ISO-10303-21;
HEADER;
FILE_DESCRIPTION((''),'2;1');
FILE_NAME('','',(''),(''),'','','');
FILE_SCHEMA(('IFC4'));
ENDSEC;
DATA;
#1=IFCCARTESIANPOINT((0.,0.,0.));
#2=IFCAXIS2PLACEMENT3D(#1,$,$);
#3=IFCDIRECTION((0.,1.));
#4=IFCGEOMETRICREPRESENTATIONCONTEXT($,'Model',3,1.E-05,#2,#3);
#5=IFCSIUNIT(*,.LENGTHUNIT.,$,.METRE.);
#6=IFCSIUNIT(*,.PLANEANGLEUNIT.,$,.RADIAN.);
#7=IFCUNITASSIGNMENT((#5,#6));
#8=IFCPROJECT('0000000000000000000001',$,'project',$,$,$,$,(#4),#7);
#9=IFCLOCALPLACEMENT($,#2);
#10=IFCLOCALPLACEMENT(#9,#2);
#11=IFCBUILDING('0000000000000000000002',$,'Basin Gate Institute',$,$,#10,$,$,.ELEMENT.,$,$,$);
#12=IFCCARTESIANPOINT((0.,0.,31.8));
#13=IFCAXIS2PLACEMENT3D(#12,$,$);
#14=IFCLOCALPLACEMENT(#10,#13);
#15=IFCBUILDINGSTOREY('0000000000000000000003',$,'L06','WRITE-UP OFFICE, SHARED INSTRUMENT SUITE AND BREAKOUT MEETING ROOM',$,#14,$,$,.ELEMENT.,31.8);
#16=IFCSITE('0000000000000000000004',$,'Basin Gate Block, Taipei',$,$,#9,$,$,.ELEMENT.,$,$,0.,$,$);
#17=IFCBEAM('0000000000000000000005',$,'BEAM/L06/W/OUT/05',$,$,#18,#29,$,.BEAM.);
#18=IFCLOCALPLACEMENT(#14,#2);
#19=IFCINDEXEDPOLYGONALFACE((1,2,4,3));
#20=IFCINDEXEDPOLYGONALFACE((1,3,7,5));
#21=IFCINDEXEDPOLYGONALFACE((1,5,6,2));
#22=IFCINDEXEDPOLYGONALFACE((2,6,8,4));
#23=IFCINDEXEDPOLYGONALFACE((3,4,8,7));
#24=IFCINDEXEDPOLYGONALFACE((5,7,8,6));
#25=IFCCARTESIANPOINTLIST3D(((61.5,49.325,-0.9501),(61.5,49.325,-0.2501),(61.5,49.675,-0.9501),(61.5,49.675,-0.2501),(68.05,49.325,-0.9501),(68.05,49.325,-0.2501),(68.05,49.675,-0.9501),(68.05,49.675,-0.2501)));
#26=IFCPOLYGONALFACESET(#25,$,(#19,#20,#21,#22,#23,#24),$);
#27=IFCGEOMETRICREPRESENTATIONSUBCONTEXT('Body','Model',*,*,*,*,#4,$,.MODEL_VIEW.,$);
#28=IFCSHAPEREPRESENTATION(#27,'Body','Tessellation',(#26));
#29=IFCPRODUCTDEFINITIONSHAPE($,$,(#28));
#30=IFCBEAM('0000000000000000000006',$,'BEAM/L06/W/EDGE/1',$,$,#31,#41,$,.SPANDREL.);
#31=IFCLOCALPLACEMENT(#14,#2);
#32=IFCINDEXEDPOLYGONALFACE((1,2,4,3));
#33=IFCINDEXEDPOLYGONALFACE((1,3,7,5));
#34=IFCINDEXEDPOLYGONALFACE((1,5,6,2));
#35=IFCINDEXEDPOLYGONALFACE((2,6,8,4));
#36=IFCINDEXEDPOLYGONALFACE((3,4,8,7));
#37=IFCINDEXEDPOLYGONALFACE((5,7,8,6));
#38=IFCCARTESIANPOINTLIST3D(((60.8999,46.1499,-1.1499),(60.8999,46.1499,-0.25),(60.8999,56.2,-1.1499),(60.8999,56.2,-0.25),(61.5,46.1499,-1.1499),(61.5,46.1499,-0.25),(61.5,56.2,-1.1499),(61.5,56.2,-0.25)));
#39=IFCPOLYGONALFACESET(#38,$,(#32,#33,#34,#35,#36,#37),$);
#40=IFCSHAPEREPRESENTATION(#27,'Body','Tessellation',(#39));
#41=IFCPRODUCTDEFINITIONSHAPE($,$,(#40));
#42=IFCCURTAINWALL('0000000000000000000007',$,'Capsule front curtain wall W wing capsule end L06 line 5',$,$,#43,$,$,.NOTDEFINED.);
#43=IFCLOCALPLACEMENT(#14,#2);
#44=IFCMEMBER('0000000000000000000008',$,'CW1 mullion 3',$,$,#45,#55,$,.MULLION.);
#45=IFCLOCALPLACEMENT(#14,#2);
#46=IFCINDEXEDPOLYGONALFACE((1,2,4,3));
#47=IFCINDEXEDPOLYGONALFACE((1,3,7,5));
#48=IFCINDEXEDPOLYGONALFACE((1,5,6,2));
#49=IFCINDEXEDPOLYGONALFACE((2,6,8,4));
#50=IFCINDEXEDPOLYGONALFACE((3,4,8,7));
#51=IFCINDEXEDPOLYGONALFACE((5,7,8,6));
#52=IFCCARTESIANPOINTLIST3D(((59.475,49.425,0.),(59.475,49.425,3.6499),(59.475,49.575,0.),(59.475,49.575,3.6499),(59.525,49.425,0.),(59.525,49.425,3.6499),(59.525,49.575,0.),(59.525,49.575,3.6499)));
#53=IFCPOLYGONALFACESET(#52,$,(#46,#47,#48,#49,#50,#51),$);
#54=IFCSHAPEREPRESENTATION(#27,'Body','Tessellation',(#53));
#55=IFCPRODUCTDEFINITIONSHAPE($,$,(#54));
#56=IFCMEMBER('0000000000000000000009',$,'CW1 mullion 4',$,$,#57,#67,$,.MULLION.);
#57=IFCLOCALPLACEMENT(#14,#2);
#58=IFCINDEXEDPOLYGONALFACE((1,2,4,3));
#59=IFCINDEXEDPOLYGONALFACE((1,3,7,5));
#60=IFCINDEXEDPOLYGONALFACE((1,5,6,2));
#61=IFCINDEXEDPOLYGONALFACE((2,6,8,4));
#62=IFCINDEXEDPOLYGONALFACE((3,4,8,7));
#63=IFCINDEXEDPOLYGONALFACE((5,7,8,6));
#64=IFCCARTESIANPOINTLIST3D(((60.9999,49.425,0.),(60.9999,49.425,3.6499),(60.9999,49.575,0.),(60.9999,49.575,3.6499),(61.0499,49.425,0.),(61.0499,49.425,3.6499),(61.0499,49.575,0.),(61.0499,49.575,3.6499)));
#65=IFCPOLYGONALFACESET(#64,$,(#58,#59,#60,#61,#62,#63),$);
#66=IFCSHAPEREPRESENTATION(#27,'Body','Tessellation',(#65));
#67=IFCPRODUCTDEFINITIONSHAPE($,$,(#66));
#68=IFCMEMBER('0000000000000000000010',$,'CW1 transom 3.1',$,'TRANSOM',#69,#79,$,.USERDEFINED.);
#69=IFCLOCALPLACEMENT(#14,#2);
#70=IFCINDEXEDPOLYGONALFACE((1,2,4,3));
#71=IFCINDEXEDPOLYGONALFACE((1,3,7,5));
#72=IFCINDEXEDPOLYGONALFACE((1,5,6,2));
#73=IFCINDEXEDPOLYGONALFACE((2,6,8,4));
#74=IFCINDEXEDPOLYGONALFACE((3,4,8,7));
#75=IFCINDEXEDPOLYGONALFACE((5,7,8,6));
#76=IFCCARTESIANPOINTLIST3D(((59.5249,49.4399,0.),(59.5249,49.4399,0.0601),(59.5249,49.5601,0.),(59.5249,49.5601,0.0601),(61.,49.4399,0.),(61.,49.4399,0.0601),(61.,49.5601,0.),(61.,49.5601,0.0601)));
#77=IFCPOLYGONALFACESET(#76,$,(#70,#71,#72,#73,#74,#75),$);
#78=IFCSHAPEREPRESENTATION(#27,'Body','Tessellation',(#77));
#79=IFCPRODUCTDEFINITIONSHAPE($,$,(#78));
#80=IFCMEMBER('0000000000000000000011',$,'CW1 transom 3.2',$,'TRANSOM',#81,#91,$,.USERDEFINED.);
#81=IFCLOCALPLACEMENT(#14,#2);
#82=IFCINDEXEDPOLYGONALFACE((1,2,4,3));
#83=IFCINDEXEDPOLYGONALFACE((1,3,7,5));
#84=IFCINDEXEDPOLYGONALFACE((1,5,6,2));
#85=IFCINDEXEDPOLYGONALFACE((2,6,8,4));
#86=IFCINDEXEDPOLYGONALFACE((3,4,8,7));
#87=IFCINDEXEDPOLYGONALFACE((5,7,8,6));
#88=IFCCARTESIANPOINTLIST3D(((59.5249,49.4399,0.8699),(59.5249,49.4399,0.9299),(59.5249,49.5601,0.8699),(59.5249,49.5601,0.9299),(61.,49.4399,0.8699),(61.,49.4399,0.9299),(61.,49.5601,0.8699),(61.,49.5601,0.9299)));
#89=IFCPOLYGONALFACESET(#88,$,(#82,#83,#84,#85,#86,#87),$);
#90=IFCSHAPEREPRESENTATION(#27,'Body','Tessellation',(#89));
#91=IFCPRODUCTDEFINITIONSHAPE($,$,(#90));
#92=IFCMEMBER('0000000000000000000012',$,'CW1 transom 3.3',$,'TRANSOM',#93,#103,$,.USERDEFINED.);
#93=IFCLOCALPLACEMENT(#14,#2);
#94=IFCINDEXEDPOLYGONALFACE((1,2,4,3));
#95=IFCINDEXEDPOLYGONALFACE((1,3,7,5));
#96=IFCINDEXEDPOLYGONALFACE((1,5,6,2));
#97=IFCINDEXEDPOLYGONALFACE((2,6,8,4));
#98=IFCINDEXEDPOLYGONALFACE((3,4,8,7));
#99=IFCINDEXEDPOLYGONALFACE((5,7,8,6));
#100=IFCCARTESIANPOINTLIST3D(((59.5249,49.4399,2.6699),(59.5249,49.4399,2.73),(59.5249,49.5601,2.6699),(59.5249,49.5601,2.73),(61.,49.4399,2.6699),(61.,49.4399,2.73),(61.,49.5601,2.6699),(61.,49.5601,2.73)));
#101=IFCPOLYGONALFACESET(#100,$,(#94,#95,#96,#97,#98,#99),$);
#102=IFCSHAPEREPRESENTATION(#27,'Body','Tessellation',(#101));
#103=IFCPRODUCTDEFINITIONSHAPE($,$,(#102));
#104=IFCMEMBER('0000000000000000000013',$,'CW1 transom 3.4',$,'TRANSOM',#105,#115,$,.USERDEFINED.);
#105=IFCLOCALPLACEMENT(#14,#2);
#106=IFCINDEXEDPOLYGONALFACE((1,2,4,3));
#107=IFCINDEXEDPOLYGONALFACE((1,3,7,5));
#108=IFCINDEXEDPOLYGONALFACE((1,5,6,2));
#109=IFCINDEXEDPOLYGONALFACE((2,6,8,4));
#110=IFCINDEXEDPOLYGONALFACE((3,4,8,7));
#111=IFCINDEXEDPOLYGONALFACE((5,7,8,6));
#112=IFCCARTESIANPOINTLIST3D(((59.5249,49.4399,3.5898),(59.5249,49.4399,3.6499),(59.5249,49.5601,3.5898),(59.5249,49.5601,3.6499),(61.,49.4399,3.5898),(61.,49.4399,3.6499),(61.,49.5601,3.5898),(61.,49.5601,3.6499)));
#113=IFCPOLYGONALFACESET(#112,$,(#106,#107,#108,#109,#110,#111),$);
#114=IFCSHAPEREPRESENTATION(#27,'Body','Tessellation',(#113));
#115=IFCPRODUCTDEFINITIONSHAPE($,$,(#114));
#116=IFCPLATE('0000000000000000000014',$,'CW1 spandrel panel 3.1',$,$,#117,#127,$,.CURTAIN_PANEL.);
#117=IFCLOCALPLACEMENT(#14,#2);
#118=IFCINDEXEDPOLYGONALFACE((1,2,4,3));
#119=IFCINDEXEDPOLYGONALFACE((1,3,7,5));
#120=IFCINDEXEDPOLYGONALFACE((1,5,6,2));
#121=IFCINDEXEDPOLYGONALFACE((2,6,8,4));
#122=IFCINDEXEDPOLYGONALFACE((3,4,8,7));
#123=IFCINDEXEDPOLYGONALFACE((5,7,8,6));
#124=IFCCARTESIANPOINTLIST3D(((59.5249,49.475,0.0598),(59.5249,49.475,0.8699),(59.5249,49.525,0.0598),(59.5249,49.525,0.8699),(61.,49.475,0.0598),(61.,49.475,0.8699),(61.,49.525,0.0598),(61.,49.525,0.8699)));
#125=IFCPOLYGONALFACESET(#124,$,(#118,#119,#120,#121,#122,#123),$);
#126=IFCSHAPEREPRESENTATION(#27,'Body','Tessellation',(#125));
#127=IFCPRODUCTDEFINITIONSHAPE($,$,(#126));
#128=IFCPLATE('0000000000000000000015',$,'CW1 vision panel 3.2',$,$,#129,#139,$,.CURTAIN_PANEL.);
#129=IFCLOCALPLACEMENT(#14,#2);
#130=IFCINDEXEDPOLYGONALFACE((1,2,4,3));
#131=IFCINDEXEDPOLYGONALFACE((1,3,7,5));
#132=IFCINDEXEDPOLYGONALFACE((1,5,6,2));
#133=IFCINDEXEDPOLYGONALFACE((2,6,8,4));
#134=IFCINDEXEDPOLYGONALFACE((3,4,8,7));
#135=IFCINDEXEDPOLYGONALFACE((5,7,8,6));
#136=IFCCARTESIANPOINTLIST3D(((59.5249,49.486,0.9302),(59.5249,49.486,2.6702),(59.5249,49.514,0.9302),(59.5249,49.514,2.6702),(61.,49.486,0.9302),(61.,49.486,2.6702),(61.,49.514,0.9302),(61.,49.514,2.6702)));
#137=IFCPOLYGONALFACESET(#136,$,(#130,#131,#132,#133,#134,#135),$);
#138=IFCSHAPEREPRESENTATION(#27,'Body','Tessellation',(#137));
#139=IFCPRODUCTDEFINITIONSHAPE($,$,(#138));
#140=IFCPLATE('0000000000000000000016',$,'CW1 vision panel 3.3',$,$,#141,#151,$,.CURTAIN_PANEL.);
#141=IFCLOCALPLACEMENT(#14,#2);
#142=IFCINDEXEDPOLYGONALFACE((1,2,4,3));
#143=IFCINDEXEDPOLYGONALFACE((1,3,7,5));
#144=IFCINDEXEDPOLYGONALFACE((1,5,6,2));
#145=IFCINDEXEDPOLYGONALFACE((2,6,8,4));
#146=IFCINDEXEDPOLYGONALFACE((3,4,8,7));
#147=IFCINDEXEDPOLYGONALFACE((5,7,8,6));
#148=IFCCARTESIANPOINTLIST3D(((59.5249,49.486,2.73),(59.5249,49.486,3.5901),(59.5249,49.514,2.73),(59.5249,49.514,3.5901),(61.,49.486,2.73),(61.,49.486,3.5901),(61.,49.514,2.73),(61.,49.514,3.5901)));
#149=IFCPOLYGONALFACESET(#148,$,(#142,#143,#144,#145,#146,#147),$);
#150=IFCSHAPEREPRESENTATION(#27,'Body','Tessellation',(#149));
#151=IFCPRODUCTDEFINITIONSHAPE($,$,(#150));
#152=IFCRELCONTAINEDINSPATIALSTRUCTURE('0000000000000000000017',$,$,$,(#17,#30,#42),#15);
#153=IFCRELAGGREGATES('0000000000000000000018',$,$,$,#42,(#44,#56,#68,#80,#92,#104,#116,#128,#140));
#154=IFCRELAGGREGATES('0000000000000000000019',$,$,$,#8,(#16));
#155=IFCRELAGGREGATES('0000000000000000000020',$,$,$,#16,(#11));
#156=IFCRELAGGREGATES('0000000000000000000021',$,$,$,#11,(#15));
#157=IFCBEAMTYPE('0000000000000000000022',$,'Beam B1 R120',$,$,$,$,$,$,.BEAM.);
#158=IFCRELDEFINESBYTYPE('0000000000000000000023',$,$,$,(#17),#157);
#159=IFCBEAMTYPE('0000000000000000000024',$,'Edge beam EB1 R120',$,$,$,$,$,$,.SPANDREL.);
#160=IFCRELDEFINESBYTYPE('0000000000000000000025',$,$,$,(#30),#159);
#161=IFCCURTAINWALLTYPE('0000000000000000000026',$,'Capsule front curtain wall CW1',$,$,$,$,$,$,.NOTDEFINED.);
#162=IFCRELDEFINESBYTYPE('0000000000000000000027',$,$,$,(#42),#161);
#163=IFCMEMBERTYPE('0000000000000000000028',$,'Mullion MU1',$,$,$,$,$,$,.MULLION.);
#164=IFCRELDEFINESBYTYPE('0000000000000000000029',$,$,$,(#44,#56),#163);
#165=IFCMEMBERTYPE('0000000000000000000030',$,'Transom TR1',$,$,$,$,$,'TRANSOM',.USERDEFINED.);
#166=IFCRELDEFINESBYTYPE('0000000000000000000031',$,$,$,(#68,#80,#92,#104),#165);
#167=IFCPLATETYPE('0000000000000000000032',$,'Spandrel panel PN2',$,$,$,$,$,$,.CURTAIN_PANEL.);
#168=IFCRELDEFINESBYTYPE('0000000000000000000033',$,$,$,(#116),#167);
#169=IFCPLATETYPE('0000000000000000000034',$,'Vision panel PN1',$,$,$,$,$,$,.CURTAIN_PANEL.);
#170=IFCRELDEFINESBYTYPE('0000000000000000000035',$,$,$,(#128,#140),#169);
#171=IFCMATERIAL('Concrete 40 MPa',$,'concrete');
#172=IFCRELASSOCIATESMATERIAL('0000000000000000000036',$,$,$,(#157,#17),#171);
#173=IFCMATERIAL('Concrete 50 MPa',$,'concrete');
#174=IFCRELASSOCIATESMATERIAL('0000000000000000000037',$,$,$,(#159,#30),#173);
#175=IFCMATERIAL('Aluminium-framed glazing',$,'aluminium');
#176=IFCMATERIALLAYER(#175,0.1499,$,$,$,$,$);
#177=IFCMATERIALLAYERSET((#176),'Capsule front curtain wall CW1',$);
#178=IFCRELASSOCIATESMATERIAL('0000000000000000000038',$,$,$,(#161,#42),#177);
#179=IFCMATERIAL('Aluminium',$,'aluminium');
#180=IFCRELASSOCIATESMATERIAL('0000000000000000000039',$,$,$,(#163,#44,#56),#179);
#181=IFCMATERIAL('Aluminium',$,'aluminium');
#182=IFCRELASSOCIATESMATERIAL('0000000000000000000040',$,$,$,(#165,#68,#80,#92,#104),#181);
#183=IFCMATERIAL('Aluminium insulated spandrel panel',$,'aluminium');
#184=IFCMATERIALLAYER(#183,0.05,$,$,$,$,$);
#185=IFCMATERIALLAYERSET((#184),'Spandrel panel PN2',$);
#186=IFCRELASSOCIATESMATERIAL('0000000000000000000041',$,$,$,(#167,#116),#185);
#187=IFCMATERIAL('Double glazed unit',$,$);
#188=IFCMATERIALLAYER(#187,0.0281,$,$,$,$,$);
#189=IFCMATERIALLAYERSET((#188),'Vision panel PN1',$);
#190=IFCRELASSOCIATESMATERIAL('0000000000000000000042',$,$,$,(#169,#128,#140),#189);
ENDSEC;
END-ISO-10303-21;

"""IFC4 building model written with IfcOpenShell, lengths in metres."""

from ifc_helpers import new_model, si_unit, direction, frame, origin, origin_2d, place, context, subcontext, project, spatial, rectangle, extrude, material, layer, layer_set, material_profile, profile_set, type_object, element, aggregate, save


model = new_model("IFC4")

# Units and contexts
model_context = context("Model", 3, precision=1e-05, world=origin(), true_north=direction((0.0, 1.0)))
body_context = subcontext(model_context, "Body", "Model", "MODEL_VIEW")
ifc_project = project(units=[si_unit("LENGTHUNIT", "METRE"), si_unit("PLANEANGLEUNIT", "RADIAN")], contexts=[model_context])

# Site, building, storey
site_placement = place(None, origin())
site = spatial("IfcSite", under=ifc_project, at=site_placement, Name="Basin Gate Block, Taipei", CompositionType="ELEMENT", RefElevation=0.0)
building_placement = place(site_placement, origin())
building = spatial("IfcBuilding", under=site, at=building_placement, Name="Basin Gate Institute", CompositionType="ELEMENT")
storey_placement = place(building_placement, frame((0.0, 0.0, 31.8)))
storey = spatial("IfcBuildingStorey", under=building, at=storey_placement, Name="L06", Description="WRITE-UP OFFICE, SHARED INSTRUMENT SUITE AND BREAKOUT MEETING ROOM", CompositionType="ELEMENT", Elevation=31.8)

# Beams
ifc_material_1 = material(Name="Concrete 40 MPa", Category="concrete")
ifc_material_profile_1 = material_profile(ifc_material_1, rectangle(XDim=0.3501, YDim=0.7, at=origin_2d()), Name="Beam B1 350 x 700")
ifc_profile_set_1 = profile_set([ifc_material_profile_1], Name="Concrete 40 MPa")
beam_type_1 = type_object("IfcBeamType", Name="Beam B1 R120", PredefinedType="BEAM", material=ifc_profile_set_1)
beam_1_placement = place(storey_placement, frame((61.5, 49.5, -0.6001), z_axis=(1.0, 0.0, 0.0), x_axis=(0.0, 1.0, 0.0)))
element("IfcBeam", 1, at=beam_1_placement, inside=storey, type_object=beam_type_1, material=ifc_profile_set_1, Name="BEAM/L06/W/OUT/05", PredefinedType="BEAM", context=body_context, shape_type="SweptSolid", body=[
    extrude(rectangle(XDim=0.3501, YDim=0.7, at=origin_2d()), origin(), (0.0, 0.0, 1.0), 6.55),
])
ifc_material_2 = material(Name="Concrete 50 MPa", Category="concrete")
ifc_material_profile_2 = material_profile(ifc_material_2, rectangle(XDim=0.6001, YDim=0.8999, at=origin_2d()), Name="Edge beam EB1 600 x 900")
ifc_profile_set_2 = profile_set([ifc_material_profile_2], Name="Concrete 50 MPa")
beam_type_2 = type_object("IfcBeamType", Name="Edge beam EB1 R120", PredefinedType="SPANDREL", material=ifc_profile_set_2)
beam_2_placement = place(storey_placement, frame((61.2, 46.1499, -0.7), z_axis=(0.0, 1.0, 0.0), x_axis=(-1.0, 0.0, 0.0)))
element("IfcBeam", 2, at=beam_2_placement, inside=storey, type_object=beam_type_2, material=ifc_profile_set_2, Name="BEAM/L06/W/EDGE/1", PredefinedType="SPANDREL", context=body_context, shape_type="SweptSolid", body=[
    extrude(rectangle(XDim=0.6001, YDim=0.8999, at=origin_2d()), origin(), (0.0, 0.0, 1.0), 10.05),
])

# Curtain wall, members, plates
ifc_material_3 = material(Name="Aluminium-framed glazing", Category="aluminium")
ifc_layer_1 = layer(ifc_material_3, 0.1499)
ifc_layer_set_1 = layer_set([ifc_layer_1], Name="Capsule front curtain wall CW1")
curtain_wall_type = type_object("IfcCurtainWallType", Name="Capsule front curtain wall CW1", PredefinedType="NOTDEFINED", material=ifc_layer_set_1)
curtain_wall_placement = place(storey_placement, origin())
curtain_wall = element("IfcCurtainWall", 3, at=curtain_wall_placement, inside=storey, type_object=curtain_wall_type, material=ifc_layer_set_1, Name="Capsule front curtain wall W wing capsule end L06 line 5", PredefinedType="NOTDEFINED")
ifc_material_4 = material(Name="Aluminium", Category="aluminium")
ifc_material_profile_3 = material_profile(ifc_material_4, rectangle(XDim=0.1499, YDim=0.05, at=origin_2d()), Name="Mullion MU1 150 x 50")
ifc_profile_set_3 = profile_set([ifc_material_profile_3], Name="Aluminium")
member_type_1 = type_object("IfcMemberType", Name="Mullion MU1", PredefinedType="MULLION", material=ifc_profile_set_3)
member_1_placement = place(storey_placement, frame((59.5, 49.5, 0.0), z_axis=(0.0, 0.0, 1.0), x_axis=(0.0, 1.0, 0.0)))
member_1 = element("IfcMember", 4, at=member_1_placement, type_object=member_type_1, material=ifc_profile_set_3, Name="CW1 mullion 3", PredefinedType="MULLION", context=body_context, shape_type="SweptSolid", body=[
    extrude(rectangle(XDim=0.1499, YDim=0.05, at=origin_2d()), origin(), (0.0, 0.0, 1.0), 3.6499),
])
member_2_placement = place(storey_placement, frame((61.0249, 49.5, 0.0), z_axis=(0.0, 0.0, 1.0), x_axis=(0.0, 1.0, 0.0)))
member_2 = element("IfcMember", 5, at=member_2_placement, type_object=member_type_1, material=ifc_profile_set_3, Name="CW1 mullion 4", PredefinedType="MULLION", context=body_context, shape_type="SweptSolid", body=[
    extrude(rectangle(XDim=0.1499, YDim=0.05, at=origin_2d()), origin(), (0.0, 0.0, 1.0), 3.6499),
])
ifc_material_5 = material(Name="Aluminium", Category="aluminium")
ifc_material_profile_4 = material_profile(ifc_material_5, rectangle(XDim=0.1201, YDim=0.0601, at=origin_2d()), Name="Transom TR1 120 x 60")
ifc_profile_set_4 = profile_set([ifc_material_profile_4], Name="Aluminium")
member_type_2 = type_object("IfcMemberType", Name="Transom TR1", ElementType="TRANSOM", PredefinedType="USERDEFINED", material=ifc_profile_set_4)
member_3_placement = place(storey_placement, frame((59.5249, 49.5, 0.03), z_axis=(1.0, 0.0, 0.0), x_axis=(0.0, 1.0, 0.0)))
member_3 = element("IfcMember", 6, at=member_3_placement, type_object=member_type_2, material=ifc_profile_set_4, Name="CW1 transom 3.1", ObjectType="TRANSOM", PredefinedType="USERDEFINED", context=body_context, shape_type="SweptSolid", body=[
    extrude(rectangle(XDim=0.1201, YDim=0.0601, at=origin_2d()), origin(), (0.0, 0.0, 1.0), 1.4751),
])
member_4_placement = place(storey_placement, frame((59.5249, 49.5, 0.8999), z_axis=(1.0, 0.0, 0.0), x_axis=(0.0, 1.0, 0.0)))
member_4 = element("IfcMember", 7, at=member_4_placement, type_object=member_type_2, material=ifc_profile_set_4, Name="CW1 transom 3.2", ObjectType="TRANSOM", PredefinedType="USERDEFINED", context=body_context, shape_type="SweptSolid", body=[
    extrude(rectangle(XDim=0.1201, YDim=0.0601, at=origin_2d()), origin(), (0.0, 0.0, 1.0), 1.4751),
])
member_5_placement = place(storey_placement, frame((59.5249, 49.5, 2.7), z_axis=(1.0, 0.0, 0.0), x_axis=(0.0, 1.0, 0.0)))
member_5 = element("IfcMember", 8, at=member_5_placement, type_object=member_type_2, material=ifc_profile_set_4, Name="CW1 transom 3.3", ObjectType="TRANSOM", PredefinedType="USERDEFINED", context=body_context, shape_type="SweptSolid", body=[
    extrude(rectangle(XDim=0.1201, YDim=0.0601, at=origin_2d()), origin(), (0.0, 0.0, 1.0), 1.4751),
])
member_6_placement = place(storey_placement, frame((59.5249, 49.5, 3.6199), z_axis=(1.0, 0.0, 0.0), x_axis=(0.0, 1.0, 0.0)))
member_6 = element("IfcMember", 9, at=member_6_placement, type_object=member_type_2, material=ifc_profile_set_4, Name="CW1 transom 3.4", ObjectType="TRANSOM", PredefinedType="USERDEFINED", context=body_context, shape_type="SweptSolid", body=[
    extrude(rectangle(XDim=0.1201, YDim=0.0601, at=origin_2d()), origin(), (0.0, 0.0, 1.0), 1.4751),
])
ifc_material_6 = material(Name="Aluminium insulated spandrel panel", Category="aluminium")
ifc_layer_2 = layer(ifc_material_6, 0.05)
ifc_layer_set_2 = layer_set([ifc_layer_2], Name="Spandrel panel PN2")
plate_type_1 = type_object("IfcPlateType", Name="Spandrel panel PN2", PredefinedType="CURTAIN_PANEL", material=ifc_layer_set_2)
plate_1_placement = place(storey_placement, frame((60.2625, 49.5, 0.0598), z_axis=(0.0, 0.0, 1.0), x_axis=(1.0, 0.0, 0.0)))
plate_1 = element("IfcPlate", 10, at=plate_1_placement, type_object=plate_type_1, material=ifc_layer_set_2, Name="CW1 spandrel panel 3.1", PredefinedType="CURTAIN_PANEL", context=body_context, shape_type="SweptSolid", body=[
    extrude(rectangle(XDim=1.4751, YDim=0.05, at=origin_2d()), origin(), (0.0, 0.0, 1.0), 0.8101),
])
ifc_material_7 = material(Name="Double glazed unit")
ifc_layer_3 = layer(ifc_material_7, 0.0281)
ifc_layer_set_3 = layer_set([ifc_layer_3], Name="Vision panel PN1")
plate_type_2 = type_object("IfcPlateType", Name="Vision panel PN1", PredefinedType="CURTAIN_PANEL", material=ifc_layer_set_3)
plate_2_placement = place(storey_placement, frame((60.2625, 49.5, 0.9302), z_axis=(0.0, 0.0, 1.0), x_axis=(1.0, 0.0, 0.0)))
plate_2 = element("IfcPlate", 11, at=plate_2_placement, type_object=plate_type_2, material=ifc_layer_set_3, Name="CW1 vision panel 3.2", PredefinedType="CURTAIN_PANEL", context=body_context, shape_type="SweptSolid", body=[
    extrude(rectangle(XDim=1.4751, YDim=0.0281, at=origin_2d()), origin(), (0.0, 0.0, 1.0), 1.74),
])
plate_3_placement = place(storey_placement, frame((60.2625, 49.5, 2.73), z_axis=(0.0, 0.0, 1.0), x_axis=(1.0, 0.0, 0.0)))
plate_3 = element("IfcPlate", 12, at=plate_3_placement, type_object=plate_type_2, material=ifc_layer_set_3, Name="CW1 vision panel 3.3", PredefinedType="CURTAIN_PANEL", context=body_context, shape_type="SweptSolid", body=[
    extrude(rectangle(XDim=1.4751, YDim=0.0281, at=origin_2d()), origin(), (0.0, 0.0, 1.0), 0.8601),
])
aggregate(curtain_wall, [member_1, member_2, member_3, member_4, member_5, member_6, plate_1, plate_2, plate_3])

save(model, "model.ifc")
